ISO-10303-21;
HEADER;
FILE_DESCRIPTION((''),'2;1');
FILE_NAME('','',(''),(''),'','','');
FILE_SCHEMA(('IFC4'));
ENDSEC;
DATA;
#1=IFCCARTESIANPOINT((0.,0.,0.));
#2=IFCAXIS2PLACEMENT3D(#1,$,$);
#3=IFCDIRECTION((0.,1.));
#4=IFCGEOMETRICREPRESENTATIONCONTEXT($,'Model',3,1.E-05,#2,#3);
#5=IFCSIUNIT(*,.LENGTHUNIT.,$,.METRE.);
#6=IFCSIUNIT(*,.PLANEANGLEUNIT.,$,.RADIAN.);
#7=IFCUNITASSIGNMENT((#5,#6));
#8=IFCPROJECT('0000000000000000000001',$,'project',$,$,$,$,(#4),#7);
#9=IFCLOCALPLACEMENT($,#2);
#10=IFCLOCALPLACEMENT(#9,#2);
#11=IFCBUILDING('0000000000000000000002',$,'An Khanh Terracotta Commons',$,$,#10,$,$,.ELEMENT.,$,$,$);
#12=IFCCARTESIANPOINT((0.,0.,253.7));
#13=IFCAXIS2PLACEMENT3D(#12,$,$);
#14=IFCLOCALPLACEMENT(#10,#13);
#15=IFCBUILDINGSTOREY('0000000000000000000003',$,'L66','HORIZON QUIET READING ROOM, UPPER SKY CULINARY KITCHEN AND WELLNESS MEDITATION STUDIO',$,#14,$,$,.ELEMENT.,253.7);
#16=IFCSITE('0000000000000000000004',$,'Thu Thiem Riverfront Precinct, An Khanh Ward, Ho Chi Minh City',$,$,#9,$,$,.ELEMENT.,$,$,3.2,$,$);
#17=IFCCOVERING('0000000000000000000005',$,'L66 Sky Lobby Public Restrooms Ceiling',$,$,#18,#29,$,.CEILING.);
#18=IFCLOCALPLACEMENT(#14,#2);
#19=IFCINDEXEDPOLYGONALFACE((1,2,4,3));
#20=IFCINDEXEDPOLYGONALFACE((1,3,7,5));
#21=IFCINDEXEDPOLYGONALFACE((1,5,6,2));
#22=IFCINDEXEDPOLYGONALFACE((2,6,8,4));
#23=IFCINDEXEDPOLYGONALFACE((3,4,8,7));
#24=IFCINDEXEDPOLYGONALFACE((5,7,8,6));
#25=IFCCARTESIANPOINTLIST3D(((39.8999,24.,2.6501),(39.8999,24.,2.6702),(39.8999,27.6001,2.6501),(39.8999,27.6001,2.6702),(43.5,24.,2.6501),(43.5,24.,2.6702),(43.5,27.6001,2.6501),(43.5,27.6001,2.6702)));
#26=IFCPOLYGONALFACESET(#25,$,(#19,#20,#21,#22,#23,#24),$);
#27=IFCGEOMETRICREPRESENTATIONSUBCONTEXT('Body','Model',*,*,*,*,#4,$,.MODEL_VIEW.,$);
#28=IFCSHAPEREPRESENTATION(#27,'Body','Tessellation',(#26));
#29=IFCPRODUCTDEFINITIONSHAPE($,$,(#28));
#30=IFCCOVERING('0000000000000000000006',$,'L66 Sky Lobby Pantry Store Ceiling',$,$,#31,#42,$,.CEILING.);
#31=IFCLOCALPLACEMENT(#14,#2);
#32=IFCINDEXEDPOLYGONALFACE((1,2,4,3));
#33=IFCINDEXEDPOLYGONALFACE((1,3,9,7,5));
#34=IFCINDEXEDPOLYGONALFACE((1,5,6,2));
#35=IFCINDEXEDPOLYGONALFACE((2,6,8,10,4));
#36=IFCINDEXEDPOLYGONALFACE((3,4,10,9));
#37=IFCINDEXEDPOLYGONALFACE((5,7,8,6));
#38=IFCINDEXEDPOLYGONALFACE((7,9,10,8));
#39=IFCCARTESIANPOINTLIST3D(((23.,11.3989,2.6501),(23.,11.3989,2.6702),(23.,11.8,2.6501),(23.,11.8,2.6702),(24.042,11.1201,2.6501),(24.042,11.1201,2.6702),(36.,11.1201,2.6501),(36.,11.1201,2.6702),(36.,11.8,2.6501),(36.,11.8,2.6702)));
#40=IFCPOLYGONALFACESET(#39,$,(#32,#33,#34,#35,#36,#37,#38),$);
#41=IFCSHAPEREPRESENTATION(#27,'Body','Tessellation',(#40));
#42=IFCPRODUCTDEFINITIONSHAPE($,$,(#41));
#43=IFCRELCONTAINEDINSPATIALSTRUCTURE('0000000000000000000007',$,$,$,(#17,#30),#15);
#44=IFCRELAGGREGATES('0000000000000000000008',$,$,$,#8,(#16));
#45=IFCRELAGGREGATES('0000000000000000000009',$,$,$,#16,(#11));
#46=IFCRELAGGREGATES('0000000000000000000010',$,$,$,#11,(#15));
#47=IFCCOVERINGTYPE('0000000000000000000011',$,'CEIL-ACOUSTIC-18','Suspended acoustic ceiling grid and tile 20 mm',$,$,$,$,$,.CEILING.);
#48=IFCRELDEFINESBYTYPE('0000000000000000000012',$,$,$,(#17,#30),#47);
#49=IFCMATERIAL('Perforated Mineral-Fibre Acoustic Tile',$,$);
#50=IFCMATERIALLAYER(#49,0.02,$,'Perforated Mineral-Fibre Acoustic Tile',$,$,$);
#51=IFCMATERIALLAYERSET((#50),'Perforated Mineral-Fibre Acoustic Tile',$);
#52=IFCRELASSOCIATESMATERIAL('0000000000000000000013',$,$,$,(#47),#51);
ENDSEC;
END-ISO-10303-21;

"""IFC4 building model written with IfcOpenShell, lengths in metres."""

from ifc_helpers import new_model, si_unit, direction, frame, origin, place, context, subcontext, project, spatial, polyline, outline, extrude, material, layer, layer_set, type_object, element, save


model = new_model("IFC4")

# Units and contexts
model_context = context("Model", 3, precision=1e-05, world=origin(), true_north=direction((0.0, 1.0)))
body_context = subcontext(model_context, "Body", "Model", "MODEL_VIEW")
ifc_project = project(units=[si_unit("LENGTHUNIT", "METRE"), si_unit("PLANEANGLEUNIT", "RADIAN")], contexts=[model_context])

# Site, building, storey
site_placement = place(None, origin())
site = spatial("IfcSite", under=ifc_project, at=site_placement, Name="Thu Thiem Riverfront Precinct, An Khanh Ward, Ho Chi Minh City", CompositionType="ELEMENT", RefElevation=3.2)
building_placement = place(site_placement, origin())
building = spatial("IfcBuilding", under=site, at=building_placement, Name="An Khanh Terracotta Commons", CompositionType="ELEMENT")
storey_placement = place(building_placement, frame((0.0, 0.0, 253.7)))
storey = spatial("IfcBuildingStorey", under=building, at=storey_placement, Name="L66", Description="HORIZON QUIET READING ROOM, UPPER SKY CULINARY KITCHEN AND WELLNESS MEDITATION STUDIO", CompositionType="ELEMENT", Elevation=253.7)

# Coverings
ifc_material_1 = material(Name="Perforated Mineral-Fibre Acoustic Tile")
ifc_layer_1 = layer(ifc_material_1, 0.02, Name="Perforated Mineral-Fibre Acoustic Tile")
ifc_layer_set_1 = layer_set([ifc_layer_1], Name="Perforated Mineral-Fibre Acoustic Tile")
covering_type = type_object("IfcCoveringType", Name="CEIL-ACOUSTIC-18", Description="Suspended acoustic ceiling grid and tile 20 mm", PredefinedType="CEILING", material=ifc_layer_set_1)
covering_1_placement = place(storey_placement, frame((0.0, 0.0, 2.6501)))
element("IfcCovering", 1, at=covering_1_placement, inside=storey, type_object=covering_type, Name="L66 Sky Lobby Public Restrooms Ceiling", PredefinedType="CEILING", context=body_context, shape_type="SweptSolid", body=[
    extrude(outline(polyline([(39.8999, 27.6001), (43.5, 27.6001), (43.5, 24.0), (39.8999, 24.0), (39.8999, 27.6001)])), origin(), (0.0, 0.0, 1.0), 0.02),
])
covering_2_placement = place(storey_placement, frame((0.0, 0.0, 2.6501)))
element("IfcCovering", 2, at=covering_2_placement, inside=storey, type_object=covering_type, Name="L66 Sky Lobby Pantry Store Ceiling", PredefinedType="CEILING", context=body_context, shape_type="SweptSolid", body=[
    extrude(outline(polyline([(24.042, 11.1201), (23.0, 11.3989), (23.0, 11.8), (36.0, 11.8), (36.0, 11.1201), (24.042, 11.1201)])), origin(), (0.0, 0.0, 1.0), 0.02),
])

save(model, "model.ifc")
